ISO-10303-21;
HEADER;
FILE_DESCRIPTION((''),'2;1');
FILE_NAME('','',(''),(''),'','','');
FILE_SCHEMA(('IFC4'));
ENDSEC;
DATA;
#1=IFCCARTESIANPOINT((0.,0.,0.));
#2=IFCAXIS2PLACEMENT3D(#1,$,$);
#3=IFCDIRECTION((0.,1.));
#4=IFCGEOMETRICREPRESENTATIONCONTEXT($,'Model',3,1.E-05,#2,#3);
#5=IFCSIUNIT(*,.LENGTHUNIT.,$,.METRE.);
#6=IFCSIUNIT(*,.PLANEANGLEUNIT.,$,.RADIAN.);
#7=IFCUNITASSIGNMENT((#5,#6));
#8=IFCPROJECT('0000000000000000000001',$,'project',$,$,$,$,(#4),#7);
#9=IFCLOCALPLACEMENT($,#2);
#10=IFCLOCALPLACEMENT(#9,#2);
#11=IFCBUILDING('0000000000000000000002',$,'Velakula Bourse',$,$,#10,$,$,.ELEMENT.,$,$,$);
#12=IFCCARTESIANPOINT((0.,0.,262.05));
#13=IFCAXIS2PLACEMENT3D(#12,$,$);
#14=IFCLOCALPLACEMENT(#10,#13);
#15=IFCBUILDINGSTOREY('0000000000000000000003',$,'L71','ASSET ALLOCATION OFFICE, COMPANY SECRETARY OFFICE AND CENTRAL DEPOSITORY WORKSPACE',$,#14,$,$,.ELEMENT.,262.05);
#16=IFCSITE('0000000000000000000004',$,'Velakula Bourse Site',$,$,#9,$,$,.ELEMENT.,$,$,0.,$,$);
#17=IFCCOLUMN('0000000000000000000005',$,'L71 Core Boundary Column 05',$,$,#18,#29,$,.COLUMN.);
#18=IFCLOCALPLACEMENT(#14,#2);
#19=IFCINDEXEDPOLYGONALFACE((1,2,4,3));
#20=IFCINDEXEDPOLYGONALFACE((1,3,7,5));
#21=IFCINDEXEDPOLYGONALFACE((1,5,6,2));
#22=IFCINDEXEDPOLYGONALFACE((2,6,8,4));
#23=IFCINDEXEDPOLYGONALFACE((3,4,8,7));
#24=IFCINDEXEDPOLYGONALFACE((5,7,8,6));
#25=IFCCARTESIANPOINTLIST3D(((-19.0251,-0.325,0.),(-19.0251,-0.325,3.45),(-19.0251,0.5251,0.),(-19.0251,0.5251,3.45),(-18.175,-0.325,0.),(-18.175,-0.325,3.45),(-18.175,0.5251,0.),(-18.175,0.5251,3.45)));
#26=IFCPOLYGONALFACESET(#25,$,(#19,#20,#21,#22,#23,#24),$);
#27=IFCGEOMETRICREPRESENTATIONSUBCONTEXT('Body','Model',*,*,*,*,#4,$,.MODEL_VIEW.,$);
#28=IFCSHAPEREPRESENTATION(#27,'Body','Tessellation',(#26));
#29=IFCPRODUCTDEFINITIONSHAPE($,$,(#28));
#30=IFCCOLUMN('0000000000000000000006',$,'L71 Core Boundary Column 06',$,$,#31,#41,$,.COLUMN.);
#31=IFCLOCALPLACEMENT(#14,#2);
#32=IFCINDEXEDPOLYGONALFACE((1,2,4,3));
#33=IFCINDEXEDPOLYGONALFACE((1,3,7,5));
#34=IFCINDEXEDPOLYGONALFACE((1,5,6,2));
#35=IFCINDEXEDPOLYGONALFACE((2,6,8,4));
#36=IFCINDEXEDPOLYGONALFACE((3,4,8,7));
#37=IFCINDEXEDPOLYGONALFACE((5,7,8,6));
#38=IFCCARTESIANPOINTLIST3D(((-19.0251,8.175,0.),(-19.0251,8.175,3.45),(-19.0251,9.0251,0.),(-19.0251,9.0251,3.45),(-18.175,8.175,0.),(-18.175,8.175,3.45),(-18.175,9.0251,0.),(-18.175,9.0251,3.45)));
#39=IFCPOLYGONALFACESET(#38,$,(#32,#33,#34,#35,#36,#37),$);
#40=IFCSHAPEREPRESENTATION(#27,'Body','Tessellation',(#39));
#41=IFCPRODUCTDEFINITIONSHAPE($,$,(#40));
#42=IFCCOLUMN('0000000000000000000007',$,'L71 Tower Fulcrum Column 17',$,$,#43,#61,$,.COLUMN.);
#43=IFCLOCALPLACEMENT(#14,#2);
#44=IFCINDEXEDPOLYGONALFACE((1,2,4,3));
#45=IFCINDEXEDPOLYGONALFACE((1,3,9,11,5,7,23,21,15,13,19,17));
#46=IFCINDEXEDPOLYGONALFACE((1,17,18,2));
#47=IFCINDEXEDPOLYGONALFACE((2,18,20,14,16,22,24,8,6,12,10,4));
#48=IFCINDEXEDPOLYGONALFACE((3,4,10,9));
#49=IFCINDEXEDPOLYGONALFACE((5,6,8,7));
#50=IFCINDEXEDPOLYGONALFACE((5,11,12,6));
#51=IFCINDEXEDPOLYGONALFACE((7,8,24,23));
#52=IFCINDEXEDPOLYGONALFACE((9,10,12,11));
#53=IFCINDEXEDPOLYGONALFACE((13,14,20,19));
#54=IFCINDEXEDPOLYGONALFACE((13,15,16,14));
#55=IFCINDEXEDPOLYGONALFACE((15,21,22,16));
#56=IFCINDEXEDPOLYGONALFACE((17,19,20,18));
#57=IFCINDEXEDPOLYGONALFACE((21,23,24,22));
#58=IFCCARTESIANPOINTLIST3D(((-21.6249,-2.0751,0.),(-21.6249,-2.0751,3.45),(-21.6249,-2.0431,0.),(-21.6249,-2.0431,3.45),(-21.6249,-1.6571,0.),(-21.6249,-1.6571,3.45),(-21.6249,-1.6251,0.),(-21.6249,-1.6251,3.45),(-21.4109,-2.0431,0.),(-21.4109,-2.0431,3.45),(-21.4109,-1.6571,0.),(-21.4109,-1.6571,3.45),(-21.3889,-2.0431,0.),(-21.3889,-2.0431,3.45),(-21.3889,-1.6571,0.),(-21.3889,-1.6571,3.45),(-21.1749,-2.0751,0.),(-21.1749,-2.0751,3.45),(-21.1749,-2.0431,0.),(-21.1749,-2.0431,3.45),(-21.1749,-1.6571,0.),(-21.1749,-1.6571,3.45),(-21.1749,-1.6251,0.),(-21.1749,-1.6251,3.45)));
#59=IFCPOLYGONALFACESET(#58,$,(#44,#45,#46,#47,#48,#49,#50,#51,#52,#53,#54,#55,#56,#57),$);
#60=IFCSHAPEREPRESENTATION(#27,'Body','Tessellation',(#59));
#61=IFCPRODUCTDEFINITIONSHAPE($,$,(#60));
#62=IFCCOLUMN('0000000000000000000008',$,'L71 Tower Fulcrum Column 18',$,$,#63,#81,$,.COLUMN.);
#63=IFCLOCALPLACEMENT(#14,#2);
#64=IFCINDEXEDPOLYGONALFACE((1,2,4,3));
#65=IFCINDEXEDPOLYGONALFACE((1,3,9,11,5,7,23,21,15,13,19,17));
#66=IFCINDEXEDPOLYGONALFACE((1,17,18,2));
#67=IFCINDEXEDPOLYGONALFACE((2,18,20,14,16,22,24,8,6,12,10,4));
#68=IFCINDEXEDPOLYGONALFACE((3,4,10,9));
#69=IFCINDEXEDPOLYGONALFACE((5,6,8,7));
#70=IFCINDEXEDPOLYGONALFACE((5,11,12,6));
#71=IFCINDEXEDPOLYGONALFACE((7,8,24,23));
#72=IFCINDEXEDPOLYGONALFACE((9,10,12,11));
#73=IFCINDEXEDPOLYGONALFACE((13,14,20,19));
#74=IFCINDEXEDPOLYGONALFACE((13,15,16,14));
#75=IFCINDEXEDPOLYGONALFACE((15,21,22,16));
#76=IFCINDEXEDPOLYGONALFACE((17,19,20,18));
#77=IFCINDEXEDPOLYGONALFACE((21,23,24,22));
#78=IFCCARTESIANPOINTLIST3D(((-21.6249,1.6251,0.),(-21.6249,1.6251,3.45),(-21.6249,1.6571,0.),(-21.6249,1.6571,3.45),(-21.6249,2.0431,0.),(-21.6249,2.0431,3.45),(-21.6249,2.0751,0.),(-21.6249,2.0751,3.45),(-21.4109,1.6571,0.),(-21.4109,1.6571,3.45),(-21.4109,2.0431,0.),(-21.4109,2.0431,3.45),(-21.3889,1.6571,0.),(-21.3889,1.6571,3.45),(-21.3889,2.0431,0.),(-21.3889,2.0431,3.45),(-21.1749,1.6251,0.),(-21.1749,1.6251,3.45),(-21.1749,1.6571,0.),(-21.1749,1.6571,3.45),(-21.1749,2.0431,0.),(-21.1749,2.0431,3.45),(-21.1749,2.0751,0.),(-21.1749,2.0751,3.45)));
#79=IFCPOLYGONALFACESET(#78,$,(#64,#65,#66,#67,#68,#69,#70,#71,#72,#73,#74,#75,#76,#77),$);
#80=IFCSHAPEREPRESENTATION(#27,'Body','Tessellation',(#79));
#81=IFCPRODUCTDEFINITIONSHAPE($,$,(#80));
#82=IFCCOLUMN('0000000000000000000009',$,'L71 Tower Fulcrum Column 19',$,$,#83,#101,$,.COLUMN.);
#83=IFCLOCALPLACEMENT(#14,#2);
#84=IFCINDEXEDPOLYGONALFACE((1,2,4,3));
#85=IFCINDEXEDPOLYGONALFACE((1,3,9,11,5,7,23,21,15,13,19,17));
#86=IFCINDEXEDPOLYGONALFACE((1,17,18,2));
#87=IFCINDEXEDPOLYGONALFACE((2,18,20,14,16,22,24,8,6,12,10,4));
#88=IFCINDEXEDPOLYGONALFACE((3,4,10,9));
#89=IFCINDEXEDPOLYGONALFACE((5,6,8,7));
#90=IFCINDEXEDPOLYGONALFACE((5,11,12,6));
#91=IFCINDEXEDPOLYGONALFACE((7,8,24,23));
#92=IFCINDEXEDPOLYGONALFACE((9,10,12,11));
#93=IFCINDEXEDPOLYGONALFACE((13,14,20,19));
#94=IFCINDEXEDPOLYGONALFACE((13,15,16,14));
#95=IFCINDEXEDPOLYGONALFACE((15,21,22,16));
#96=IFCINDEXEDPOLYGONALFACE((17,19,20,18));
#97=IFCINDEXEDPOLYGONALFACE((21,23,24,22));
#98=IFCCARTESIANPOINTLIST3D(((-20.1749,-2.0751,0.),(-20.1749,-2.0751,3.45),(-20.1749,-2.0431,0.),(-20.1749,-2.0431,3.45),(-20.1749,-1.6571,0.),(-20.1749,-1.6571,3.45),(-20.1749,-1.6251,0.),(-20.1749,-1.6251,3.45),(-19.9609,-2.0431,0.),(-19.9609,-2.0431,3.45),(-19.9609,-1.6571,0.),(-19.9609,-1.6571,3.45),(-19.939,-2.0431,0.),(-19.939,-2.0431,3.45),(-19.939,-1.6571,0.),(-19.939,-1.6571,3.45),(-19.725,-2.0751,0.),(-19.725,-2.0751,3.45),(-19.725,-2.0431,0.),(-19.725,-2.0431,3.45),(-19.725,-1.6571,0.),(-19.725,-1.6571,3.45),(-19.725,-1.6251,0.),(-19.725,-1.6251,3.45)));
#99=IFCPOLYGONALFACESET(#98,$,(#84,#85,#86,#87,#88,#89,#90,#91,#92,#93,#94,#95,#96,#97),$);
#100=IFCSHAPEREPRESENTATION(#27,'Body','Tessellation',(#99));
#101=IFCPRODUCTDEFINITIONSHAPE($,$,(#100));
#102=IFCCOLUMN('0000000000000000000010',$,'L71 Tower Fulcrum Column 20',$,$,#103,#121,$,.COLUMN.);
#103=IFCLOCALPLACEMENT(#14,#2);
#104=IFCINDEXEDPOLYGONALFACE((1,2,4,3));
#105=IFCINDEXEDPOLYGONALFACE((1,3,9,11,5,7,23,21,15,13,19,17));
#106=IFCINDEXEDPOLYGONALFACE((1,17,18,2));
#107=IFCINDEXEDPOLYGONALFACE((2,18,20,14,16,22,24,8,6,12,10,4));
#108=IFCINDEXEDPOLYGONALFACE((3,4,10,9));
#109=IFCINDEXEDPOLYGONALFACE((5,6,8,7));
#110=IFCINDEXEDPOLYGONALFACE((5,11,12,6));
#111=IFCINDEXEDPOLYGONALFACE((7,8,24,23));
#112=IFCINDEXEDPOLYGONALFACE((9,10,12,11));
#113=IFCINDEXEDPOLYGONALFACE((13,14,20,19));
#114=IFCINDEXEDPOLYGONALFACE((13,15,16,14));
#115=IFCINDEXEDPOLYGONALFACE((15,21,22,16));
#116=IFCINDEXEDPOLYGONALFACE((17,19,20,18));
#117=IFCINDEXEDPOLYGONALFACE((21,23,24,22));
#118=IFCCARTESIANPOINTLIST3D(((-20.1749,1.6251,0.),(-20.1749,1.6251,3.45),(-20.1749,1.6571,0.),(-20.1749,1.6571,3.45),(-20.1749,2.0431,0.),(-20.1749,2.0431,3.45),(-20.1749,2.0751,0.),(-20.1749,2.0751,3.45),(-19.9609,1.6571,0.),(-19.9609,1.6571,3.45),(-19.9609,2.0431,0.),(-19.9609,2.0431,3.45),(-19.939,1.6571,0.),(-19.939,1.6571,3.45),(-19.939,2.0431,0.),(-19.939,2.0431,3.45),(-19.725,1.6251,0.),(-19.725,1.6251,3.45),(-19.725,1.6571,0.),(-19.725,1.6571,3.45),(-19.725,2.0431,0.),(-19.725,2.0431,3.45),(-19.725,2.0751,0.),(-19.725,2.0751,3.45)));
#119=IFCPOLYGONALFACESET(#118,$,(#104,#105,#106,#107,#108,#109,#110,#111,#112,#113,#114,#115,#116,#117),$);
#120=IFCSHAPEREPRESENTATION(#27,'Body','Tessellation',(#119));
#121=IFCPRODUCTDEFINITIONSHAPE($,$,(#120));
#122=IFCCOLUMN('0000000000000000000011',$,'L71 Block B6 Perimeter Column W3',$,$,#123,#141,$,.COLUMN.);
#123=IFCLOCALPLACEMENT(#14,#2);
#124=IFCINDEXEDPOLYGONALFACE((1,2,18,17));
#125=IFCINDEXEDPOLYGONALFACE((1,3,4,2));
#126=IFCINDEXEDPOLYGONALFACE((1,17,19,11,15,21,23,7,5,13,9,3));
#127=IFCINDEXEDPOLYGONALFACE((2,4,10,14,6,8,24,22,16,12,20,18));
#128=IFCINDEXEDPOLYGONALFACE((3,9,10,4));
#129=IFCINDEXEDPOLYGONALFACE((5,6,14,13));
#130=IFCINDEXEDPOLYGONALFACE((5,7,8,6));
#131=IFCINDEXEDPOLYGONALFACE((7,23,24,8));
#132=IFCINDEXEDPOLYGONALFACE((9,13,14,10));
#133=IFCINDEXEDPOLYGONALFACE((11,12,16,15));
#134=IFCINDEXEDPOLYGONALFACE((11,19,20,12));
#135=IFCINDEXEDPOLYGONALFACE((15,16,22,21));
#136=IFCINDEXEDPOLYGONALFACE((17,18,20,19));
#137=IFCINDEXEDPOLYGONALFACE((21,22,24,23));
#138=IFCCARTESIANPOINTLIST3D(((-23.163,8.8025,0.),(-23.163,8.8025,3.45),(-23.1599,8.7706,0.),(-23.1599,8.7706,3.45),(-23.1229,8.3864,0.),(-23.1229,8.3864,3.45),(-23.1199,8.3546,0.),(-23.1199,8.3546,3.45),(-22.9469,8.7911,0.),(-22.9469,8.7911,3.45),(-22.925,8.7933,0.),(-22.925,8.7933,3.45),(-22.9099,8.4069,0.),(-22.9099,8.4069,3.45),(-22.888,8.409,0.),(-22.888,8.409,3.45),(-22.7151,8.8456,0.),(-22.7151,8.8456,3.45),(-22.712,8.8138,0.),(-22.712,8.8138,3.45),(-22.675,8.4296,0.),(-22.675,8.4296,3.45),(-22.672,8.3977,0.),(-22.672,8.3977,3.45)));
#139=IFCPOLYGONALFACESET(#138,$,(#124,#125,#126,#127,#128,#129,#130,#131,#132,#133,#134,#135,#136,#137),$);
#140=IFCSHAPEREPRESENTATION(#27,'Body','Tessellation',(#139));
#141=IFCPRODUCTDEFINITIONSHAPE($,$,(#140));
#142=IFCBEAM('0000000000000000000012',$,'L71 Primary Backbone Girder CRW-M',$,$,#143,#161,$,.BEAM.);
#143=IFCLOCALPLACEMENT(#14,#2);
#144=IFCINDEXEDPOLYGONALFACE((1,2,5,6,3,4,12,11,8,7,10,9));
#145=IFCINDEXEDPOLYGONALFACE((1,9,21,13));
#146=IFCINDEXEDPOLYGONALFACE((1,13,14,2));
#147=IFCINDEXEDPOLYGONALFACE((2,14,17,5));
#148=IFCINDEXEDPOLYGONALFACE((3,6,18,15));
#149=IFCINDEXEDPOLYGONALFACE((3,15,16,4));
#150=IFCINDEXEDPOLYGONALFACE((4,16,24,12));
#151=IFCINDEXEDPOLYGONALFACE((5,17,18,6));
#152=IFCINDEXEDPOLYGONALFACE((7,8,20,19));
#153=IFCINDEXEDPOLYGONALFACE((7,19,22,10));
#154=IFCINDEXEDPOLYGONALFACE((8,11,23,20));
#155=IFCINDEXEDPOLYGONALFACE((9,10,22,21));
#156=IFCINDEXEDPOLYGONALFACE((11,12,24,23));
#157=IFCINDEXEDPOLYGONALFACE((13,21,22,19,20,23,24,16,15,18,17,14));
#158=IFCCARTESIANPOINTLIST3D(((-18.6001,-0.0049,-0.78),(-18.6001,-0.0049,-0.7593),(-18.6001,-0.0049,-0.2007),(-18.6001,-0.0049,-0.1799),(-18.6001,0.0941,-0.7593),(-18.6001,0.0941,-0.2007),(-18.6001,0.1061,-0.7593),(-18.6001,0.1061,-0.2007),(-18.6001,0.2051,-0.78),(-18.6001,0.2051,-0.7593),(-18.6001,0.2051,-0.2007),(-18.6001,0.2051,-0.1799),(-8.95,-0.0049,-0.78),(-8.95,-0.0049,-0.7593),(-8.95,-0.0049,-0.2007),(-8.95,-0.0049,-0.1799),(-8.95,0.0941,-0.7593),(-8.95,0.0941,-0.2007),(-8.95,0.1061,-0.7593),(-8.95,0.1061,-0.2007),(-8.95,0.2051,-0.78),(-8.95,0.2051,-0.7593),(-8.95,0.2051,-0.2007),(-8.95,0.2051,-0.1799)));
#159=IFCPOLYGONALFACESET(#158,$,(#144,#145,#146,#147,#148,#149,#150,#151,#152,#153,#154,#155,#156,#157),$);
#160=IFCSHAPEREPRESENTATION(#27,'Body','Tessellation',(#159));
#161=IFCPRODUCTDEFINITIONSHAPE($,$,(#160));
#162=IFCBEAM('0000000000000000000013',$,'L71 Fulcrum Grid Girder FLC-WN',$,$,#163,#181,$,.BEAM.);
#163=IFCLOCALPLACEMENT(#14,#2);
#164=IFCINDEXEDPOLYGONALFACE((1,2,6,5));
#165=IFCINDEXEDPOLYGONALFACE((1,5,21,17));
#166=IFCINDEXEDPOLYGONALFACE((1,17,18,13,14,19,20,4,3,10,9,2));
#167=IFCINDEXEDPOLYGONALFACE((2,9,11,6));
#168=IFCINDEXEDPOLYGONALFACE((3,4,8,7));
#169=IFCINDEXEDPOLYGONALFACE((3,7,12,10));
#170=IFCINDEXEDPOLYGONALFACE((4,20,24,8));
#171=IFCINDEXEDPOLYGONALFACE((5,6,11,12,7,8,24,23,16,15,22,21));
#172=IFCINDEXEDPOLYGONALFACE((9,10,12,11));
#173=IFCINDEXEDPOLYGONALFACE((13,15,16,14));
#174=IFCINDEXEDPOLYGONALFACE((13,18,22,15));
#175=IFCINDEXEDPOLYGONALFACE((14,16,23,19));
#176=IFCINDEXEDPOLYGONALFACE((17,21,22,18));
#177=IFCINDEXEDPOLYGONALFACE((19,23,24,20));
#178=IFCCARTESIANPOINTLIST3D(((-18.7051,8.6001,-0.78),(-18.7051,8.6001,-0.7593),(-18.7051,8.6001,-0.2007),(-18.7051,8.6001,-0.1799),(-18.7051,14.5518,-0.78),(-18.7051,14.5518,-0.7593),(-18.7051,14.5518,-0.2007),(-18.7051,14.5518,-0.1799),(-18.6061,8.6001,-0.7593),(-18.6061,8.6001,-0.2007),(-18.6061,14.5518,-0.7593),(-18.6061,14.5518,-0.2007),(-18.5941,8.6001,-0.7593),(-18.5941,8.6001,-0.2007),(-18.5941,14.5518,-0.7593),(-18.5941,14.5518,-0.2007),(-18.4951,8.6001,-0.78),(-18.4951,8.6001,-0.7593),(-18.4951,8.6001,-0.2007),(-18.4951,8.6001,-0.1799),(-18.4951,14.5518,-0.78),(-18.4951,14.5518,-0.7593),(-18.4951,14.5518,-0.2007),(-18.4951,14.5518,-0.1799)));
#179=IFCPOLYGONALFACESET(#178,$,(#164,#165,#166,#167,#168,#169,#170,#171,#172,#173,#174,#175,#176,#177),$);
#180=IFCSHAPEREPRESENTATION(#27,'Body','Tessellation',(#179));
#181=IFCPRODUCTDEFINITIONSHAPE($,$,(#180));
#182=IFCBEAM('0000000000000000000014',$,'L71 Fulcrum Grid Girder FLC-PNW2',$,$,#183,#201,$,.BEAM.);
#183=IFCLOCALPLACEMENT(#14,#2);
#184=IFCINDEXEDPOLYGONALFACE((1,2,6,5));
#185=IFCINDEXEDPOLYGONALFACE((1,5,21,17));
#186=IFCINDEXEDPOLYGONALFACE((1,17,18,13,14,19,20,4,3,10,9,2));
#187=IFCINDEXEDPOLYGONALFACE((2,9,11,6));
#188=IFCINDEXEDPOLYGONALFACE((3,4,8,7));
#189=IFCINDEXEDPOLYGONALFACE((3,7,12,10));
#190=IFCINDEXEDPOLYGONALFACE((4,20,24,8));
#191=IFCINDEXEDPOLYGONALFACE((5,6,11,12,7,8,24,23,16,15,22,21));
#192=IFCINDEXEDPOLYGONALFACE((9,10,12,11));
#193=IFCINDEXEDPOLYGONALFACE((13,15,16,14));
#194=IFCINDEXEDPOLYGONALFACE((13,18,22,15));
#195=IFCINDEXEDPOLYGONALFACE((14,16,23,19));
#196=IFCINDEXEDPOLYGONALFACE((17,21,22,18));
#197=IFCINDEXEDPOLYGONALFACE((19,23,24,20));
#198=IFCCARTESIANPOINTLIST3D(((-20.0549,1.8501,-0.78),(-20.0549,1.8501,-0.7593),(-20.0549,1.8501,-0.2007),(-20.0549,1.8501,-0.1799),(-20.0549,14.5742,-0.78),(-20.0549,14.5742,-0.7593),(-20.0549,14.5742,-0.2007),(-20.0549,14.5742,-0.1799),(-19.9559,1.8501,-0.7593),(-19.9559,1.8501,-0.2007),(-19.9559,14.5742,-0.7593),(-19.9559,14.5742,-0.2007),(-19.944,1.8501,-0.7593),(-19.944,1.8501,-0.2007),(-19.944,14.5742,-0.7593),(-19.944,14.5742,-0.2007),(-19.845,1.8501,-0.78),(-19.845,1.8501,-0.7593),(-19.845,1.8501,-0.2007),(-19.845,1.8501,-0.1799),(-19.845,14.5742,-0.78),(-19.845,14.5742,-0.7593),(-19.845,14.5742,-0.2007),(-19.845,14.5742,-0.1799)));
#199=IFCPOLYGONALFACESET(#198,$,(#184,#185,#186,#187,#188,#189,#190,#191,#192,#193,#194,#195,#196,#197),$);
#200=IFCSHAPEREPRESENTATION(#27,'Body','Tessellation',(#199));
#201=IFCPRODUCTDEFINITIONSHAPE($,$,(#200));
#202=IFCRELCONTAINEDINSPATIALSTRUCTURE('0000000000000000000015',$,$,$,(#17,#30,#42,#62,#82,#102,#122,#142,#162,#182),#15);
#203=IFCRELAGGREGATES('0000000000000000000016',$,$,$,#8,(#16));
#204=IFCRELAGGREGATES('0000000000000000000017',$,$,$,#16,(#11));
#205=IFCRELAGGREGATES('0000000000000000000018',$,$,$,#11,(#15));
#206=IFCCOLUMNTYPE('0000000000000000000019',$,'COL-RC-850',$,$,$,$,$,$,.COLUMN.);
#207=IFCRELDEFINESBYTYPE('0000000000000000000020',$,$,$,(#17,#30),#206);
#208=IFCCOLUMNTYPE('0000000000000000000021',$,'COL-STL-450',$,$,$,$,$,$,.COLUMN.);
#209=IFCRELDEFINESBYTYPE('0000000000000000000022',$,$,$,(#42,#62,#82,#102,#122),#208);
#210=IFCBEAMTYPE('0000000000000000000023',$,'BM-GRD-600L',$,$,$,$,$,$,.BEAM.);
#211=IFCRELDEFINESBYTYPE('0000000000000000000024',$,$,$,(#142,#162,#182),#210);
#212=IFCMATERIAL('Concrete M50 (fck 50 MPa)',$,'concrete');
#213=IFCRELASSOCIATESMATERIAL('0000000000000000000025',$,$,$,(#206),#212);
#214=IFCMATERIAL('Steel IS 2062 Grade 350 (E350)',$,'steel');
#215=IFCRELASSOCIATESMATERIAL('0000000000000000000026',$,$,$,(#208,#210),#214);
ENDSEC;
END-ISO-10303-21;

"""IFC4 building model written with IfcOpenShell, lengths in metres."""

from ifc_helpers import new_model, si_unit, direction, frame, origin, origin_2d, place, context, subcontext, project, spatial, rectangle, i_section, extrude, material, material_profile, profile_set, type_object, element, save


model = new_model("IFC4")

# Units and contexts
model_context = context("Model", 3, precision=1e-05, world=origin(), true_north=direction((0.0, 1.0)))
body_context = subcontext(model_context, "Body", "Model", "MODEL_VIEW")
ifc_project = project(units=[si_unit("LENGTHUNIT", "METRE"), si_unit("PLANEANGLEUNIT", "RADIAN")], contexts=[model_context])

# Site, building, storey
site_placement = place(None, origin())
site = spatial("IfcSite", under=ifc_project, at=site_placement, Name="Velakula Bourse Site", CompositionType="ELEMENT", RefElevation=0.0)
building_placement = place(site_placement, origin())
building = spatial("IfcBuilding", under=site, at=building_placement, Name="Velakula Bourse", CompositionType="ELEMENT")
storey_placement = place(building_placement, frame((0.0, 0.0, 262.05)))
storey = spatial("IfcBuildingStorey", under=building, at=storey_placement, Name="L71", Description="ASSET ALLOCATION OFFICE, COMPANY SECRETARY OFFICE AND CENTRAL DEPOSITORY WORKSPACE", CompositionType="ELEMENT", Elevation=262.05)

# Columns
ifc_material_1 = material(Name="Concrete M50 (fck 50 MPa)", Category="concrete")
ifc_material_profile_1 = material_profile(ifc_material_1, rectangle(XDim=0.8501, YDim=0.8501, at=origin_2d()), Name="Concrete M50 (fck 50 MPa)")
ifc_profile_set_1 = profile_set([ifc_material_profile_1], Name="Concrete M50 (fck 50 MPa)")
column_type_1 = type_object("IfcColumnType", Name="COL-RC-850", PredefinedType="COLUMN", material=ifc_profile_set_1)
for number, where, z_axis, x_axis, name in (
    (1, (-18.6001, 0.1001, 0.0), (0.0, 0.0, 1.0), (1.0, 0.0, 0.0), "L71 Core Boundary Column 05"),
    (2, (-18.6001, 8.6001, 0.0), (0.0, 0.0, 1.0), (1.0, 0.0, 0.0), "L71 Core Boundary Column 06"),
):
    element("IfcColumn", number, at=place(storey_placement, frame(where, z_axis=z_axis, x_axis=x_axis)), inside=storey, type_object=column_type_1, Name=name, PredefinedType="COLUMN", context=body_context, shape_type="SweptSolid", body=[
        extrude(rectangle(XDim=0.8501, YDim=0.8501, at=origin_2d()), origin(), (0.0, 0.0, 1.0), 3.45),
    ])
ifc_material_2 = material(Name="Steel IS 2062 Grade 350 (E350)", Category="steel")
ifc_material_profile_2 = material_profile(ifc_material_2, i_section(OverallWidth=0.45, OverallDepth=0.45, WebThickness=0.022, FlangeThickness=0.032, at=origin_2d()), Name="Steel IS 2062 Grade 350 (E350)")
ifc_profile_set_2 = profile_set([ifc_material_profile_2], Name="Steel IS 2062 Grade 350 (E350)")
column_type_2 = type_object("IfcColumnType", Name="COL-STL-450", PredefinedType="COLUMN", material=ifc_profile_set_2)
for number, where, z_axis, x_axis, name in (
    (3, (-21.3999, -1.8501, 0.0), (0.0, 0.0, 1.0), (1.0, 0.0, 0.0), "L71 Tower Fulcrum Column 17"),
    (4, (-21.3999, 1.8501, 0.0), (0.0, 0.0, 1.0), (1.0, 0.0, 0.0), "L71 Tower Fulcrum Column 18"),
    (5, (-19.95, -1.8501, 0.0), (0.0, 0.0, 1.0), (1.0, 0.0, 0.0), "L71 Tower Fulcrum Column 19"),
    (6, (-19.95, 1.8501, 0.0), (0.0, 0.0, 1.0), (1.0, 0.0, 0.0), "L71 Tower Fulcrum Column 20"),
    (7, (-22.9175, 8.6001, 0.0), (0.0, 0.0, 1.0), (0.995396, 0.095846, 0.0), "L71 Block B6 Perimeter Column W3"),
):
    element("IfcColumn", number, at=place(storey_placement, frame(where, z_axis=z_axis, x_axis=x_axis)), inside=storey, type_object=column_type_2, Name=name, PredefinedType="COLUMN", context=body_context, shape_type="SweptSolid", body=[
        extrude(i_section(OverallWidth=0.45, OverallDepth=0.45, WebThickness=0.022, FlangeThickness=0.032, at=origin_2d()), origin(), (0.0, 0.0, 1.0), 3.45),
    ])

# Beams
ifc_material_profile_3 = material_profile(ifc_material_2, i_section(OverallWidth=0.21, OverallDepth=0.6001, WebThickness=0.012, FlangeThickness=0.0208, at=origin_2d()), Name="Steel IS 2062 Grade 350 (E350)")
ifc_profile_set_3 = profile_set([ifc_material_profile_3], Name="Steel IS 2062 Grade 350 (E350)")
beam_type_1 = type_object("IfcBeamType", Name="BM-GRD-600L", PredefinedType="BEAM", material=ifc_profile_set_3)
beam_1_placement = place(storey_placement, frame((-18.6001, 0.1001, -0.48), z_axis=(1.0, 0.0, 0.0), x_axis=(0.0, 1.0, 0.0)))
element("IfcBeam", 8, at=beam_1_placement, inside=storey, type_object=beam_type_1, Name="L71 Primary Backbone Girder CRW-M", PredefinedType="BEAM", context=body_context, shape_type="SweptSolid", body=[
    extrude(i_section(OverallWidth=0.21, OverallDepth=0.6001, WebThickness=0.012, FlangeThickness=0.0208, at=origin_2d()), origin(), (0.0, 0.0, 1.0), 9.6501),
])
beam_2_placement = place(storey_placement, frame((-18.6001, 8.6001, -0.48), z_axis=(0.0, 1.0, 0.0), x_axis=(-1.0, 0.0, 0.0)))
element("IfcBeam", 9, at=beam_2_placement, inside=storey, type_object=beam_type_1, Name="L71 Fulcrum Grid Girder FLC-WN", PredefinedType="BEAM", context=body_context, shape_type="SweptSolid", body=[
    extrude(i_section(OverallWidth=0.21, OverallDepth=0.6001, WebThickness=0.012, FlangeThickness=0.0208, at=origin_2d()), origin(), (0.0, 0.0, 1.0), 5.9517),
])
beam_3_placement = place(storey_placement, frame((-19.95, 1.8501, -0.48), z_axis=(0.0, 1.0, 0.0), x_axis=(-1.0, 0.0, 0.0)))
element("IfcBeam", 10, at=beam_3_placement, inside=storey, type_object=beam_type_1, Name="L71 Fulcrum Grid Girder FLC-PNW2", PredefinedType="BEAM", context=body_context, shape_type="SweptSolid", body=[
    extrude(i_section(OverallWidth=0.21, OverallDepth=0.6001, WebThickness=0.012, FlangeThickness=0.0208, at=origin_2d()), origin(), (0.0, 0.0, 1.0), 12.7241),
])

save(model, "model.ifc")
